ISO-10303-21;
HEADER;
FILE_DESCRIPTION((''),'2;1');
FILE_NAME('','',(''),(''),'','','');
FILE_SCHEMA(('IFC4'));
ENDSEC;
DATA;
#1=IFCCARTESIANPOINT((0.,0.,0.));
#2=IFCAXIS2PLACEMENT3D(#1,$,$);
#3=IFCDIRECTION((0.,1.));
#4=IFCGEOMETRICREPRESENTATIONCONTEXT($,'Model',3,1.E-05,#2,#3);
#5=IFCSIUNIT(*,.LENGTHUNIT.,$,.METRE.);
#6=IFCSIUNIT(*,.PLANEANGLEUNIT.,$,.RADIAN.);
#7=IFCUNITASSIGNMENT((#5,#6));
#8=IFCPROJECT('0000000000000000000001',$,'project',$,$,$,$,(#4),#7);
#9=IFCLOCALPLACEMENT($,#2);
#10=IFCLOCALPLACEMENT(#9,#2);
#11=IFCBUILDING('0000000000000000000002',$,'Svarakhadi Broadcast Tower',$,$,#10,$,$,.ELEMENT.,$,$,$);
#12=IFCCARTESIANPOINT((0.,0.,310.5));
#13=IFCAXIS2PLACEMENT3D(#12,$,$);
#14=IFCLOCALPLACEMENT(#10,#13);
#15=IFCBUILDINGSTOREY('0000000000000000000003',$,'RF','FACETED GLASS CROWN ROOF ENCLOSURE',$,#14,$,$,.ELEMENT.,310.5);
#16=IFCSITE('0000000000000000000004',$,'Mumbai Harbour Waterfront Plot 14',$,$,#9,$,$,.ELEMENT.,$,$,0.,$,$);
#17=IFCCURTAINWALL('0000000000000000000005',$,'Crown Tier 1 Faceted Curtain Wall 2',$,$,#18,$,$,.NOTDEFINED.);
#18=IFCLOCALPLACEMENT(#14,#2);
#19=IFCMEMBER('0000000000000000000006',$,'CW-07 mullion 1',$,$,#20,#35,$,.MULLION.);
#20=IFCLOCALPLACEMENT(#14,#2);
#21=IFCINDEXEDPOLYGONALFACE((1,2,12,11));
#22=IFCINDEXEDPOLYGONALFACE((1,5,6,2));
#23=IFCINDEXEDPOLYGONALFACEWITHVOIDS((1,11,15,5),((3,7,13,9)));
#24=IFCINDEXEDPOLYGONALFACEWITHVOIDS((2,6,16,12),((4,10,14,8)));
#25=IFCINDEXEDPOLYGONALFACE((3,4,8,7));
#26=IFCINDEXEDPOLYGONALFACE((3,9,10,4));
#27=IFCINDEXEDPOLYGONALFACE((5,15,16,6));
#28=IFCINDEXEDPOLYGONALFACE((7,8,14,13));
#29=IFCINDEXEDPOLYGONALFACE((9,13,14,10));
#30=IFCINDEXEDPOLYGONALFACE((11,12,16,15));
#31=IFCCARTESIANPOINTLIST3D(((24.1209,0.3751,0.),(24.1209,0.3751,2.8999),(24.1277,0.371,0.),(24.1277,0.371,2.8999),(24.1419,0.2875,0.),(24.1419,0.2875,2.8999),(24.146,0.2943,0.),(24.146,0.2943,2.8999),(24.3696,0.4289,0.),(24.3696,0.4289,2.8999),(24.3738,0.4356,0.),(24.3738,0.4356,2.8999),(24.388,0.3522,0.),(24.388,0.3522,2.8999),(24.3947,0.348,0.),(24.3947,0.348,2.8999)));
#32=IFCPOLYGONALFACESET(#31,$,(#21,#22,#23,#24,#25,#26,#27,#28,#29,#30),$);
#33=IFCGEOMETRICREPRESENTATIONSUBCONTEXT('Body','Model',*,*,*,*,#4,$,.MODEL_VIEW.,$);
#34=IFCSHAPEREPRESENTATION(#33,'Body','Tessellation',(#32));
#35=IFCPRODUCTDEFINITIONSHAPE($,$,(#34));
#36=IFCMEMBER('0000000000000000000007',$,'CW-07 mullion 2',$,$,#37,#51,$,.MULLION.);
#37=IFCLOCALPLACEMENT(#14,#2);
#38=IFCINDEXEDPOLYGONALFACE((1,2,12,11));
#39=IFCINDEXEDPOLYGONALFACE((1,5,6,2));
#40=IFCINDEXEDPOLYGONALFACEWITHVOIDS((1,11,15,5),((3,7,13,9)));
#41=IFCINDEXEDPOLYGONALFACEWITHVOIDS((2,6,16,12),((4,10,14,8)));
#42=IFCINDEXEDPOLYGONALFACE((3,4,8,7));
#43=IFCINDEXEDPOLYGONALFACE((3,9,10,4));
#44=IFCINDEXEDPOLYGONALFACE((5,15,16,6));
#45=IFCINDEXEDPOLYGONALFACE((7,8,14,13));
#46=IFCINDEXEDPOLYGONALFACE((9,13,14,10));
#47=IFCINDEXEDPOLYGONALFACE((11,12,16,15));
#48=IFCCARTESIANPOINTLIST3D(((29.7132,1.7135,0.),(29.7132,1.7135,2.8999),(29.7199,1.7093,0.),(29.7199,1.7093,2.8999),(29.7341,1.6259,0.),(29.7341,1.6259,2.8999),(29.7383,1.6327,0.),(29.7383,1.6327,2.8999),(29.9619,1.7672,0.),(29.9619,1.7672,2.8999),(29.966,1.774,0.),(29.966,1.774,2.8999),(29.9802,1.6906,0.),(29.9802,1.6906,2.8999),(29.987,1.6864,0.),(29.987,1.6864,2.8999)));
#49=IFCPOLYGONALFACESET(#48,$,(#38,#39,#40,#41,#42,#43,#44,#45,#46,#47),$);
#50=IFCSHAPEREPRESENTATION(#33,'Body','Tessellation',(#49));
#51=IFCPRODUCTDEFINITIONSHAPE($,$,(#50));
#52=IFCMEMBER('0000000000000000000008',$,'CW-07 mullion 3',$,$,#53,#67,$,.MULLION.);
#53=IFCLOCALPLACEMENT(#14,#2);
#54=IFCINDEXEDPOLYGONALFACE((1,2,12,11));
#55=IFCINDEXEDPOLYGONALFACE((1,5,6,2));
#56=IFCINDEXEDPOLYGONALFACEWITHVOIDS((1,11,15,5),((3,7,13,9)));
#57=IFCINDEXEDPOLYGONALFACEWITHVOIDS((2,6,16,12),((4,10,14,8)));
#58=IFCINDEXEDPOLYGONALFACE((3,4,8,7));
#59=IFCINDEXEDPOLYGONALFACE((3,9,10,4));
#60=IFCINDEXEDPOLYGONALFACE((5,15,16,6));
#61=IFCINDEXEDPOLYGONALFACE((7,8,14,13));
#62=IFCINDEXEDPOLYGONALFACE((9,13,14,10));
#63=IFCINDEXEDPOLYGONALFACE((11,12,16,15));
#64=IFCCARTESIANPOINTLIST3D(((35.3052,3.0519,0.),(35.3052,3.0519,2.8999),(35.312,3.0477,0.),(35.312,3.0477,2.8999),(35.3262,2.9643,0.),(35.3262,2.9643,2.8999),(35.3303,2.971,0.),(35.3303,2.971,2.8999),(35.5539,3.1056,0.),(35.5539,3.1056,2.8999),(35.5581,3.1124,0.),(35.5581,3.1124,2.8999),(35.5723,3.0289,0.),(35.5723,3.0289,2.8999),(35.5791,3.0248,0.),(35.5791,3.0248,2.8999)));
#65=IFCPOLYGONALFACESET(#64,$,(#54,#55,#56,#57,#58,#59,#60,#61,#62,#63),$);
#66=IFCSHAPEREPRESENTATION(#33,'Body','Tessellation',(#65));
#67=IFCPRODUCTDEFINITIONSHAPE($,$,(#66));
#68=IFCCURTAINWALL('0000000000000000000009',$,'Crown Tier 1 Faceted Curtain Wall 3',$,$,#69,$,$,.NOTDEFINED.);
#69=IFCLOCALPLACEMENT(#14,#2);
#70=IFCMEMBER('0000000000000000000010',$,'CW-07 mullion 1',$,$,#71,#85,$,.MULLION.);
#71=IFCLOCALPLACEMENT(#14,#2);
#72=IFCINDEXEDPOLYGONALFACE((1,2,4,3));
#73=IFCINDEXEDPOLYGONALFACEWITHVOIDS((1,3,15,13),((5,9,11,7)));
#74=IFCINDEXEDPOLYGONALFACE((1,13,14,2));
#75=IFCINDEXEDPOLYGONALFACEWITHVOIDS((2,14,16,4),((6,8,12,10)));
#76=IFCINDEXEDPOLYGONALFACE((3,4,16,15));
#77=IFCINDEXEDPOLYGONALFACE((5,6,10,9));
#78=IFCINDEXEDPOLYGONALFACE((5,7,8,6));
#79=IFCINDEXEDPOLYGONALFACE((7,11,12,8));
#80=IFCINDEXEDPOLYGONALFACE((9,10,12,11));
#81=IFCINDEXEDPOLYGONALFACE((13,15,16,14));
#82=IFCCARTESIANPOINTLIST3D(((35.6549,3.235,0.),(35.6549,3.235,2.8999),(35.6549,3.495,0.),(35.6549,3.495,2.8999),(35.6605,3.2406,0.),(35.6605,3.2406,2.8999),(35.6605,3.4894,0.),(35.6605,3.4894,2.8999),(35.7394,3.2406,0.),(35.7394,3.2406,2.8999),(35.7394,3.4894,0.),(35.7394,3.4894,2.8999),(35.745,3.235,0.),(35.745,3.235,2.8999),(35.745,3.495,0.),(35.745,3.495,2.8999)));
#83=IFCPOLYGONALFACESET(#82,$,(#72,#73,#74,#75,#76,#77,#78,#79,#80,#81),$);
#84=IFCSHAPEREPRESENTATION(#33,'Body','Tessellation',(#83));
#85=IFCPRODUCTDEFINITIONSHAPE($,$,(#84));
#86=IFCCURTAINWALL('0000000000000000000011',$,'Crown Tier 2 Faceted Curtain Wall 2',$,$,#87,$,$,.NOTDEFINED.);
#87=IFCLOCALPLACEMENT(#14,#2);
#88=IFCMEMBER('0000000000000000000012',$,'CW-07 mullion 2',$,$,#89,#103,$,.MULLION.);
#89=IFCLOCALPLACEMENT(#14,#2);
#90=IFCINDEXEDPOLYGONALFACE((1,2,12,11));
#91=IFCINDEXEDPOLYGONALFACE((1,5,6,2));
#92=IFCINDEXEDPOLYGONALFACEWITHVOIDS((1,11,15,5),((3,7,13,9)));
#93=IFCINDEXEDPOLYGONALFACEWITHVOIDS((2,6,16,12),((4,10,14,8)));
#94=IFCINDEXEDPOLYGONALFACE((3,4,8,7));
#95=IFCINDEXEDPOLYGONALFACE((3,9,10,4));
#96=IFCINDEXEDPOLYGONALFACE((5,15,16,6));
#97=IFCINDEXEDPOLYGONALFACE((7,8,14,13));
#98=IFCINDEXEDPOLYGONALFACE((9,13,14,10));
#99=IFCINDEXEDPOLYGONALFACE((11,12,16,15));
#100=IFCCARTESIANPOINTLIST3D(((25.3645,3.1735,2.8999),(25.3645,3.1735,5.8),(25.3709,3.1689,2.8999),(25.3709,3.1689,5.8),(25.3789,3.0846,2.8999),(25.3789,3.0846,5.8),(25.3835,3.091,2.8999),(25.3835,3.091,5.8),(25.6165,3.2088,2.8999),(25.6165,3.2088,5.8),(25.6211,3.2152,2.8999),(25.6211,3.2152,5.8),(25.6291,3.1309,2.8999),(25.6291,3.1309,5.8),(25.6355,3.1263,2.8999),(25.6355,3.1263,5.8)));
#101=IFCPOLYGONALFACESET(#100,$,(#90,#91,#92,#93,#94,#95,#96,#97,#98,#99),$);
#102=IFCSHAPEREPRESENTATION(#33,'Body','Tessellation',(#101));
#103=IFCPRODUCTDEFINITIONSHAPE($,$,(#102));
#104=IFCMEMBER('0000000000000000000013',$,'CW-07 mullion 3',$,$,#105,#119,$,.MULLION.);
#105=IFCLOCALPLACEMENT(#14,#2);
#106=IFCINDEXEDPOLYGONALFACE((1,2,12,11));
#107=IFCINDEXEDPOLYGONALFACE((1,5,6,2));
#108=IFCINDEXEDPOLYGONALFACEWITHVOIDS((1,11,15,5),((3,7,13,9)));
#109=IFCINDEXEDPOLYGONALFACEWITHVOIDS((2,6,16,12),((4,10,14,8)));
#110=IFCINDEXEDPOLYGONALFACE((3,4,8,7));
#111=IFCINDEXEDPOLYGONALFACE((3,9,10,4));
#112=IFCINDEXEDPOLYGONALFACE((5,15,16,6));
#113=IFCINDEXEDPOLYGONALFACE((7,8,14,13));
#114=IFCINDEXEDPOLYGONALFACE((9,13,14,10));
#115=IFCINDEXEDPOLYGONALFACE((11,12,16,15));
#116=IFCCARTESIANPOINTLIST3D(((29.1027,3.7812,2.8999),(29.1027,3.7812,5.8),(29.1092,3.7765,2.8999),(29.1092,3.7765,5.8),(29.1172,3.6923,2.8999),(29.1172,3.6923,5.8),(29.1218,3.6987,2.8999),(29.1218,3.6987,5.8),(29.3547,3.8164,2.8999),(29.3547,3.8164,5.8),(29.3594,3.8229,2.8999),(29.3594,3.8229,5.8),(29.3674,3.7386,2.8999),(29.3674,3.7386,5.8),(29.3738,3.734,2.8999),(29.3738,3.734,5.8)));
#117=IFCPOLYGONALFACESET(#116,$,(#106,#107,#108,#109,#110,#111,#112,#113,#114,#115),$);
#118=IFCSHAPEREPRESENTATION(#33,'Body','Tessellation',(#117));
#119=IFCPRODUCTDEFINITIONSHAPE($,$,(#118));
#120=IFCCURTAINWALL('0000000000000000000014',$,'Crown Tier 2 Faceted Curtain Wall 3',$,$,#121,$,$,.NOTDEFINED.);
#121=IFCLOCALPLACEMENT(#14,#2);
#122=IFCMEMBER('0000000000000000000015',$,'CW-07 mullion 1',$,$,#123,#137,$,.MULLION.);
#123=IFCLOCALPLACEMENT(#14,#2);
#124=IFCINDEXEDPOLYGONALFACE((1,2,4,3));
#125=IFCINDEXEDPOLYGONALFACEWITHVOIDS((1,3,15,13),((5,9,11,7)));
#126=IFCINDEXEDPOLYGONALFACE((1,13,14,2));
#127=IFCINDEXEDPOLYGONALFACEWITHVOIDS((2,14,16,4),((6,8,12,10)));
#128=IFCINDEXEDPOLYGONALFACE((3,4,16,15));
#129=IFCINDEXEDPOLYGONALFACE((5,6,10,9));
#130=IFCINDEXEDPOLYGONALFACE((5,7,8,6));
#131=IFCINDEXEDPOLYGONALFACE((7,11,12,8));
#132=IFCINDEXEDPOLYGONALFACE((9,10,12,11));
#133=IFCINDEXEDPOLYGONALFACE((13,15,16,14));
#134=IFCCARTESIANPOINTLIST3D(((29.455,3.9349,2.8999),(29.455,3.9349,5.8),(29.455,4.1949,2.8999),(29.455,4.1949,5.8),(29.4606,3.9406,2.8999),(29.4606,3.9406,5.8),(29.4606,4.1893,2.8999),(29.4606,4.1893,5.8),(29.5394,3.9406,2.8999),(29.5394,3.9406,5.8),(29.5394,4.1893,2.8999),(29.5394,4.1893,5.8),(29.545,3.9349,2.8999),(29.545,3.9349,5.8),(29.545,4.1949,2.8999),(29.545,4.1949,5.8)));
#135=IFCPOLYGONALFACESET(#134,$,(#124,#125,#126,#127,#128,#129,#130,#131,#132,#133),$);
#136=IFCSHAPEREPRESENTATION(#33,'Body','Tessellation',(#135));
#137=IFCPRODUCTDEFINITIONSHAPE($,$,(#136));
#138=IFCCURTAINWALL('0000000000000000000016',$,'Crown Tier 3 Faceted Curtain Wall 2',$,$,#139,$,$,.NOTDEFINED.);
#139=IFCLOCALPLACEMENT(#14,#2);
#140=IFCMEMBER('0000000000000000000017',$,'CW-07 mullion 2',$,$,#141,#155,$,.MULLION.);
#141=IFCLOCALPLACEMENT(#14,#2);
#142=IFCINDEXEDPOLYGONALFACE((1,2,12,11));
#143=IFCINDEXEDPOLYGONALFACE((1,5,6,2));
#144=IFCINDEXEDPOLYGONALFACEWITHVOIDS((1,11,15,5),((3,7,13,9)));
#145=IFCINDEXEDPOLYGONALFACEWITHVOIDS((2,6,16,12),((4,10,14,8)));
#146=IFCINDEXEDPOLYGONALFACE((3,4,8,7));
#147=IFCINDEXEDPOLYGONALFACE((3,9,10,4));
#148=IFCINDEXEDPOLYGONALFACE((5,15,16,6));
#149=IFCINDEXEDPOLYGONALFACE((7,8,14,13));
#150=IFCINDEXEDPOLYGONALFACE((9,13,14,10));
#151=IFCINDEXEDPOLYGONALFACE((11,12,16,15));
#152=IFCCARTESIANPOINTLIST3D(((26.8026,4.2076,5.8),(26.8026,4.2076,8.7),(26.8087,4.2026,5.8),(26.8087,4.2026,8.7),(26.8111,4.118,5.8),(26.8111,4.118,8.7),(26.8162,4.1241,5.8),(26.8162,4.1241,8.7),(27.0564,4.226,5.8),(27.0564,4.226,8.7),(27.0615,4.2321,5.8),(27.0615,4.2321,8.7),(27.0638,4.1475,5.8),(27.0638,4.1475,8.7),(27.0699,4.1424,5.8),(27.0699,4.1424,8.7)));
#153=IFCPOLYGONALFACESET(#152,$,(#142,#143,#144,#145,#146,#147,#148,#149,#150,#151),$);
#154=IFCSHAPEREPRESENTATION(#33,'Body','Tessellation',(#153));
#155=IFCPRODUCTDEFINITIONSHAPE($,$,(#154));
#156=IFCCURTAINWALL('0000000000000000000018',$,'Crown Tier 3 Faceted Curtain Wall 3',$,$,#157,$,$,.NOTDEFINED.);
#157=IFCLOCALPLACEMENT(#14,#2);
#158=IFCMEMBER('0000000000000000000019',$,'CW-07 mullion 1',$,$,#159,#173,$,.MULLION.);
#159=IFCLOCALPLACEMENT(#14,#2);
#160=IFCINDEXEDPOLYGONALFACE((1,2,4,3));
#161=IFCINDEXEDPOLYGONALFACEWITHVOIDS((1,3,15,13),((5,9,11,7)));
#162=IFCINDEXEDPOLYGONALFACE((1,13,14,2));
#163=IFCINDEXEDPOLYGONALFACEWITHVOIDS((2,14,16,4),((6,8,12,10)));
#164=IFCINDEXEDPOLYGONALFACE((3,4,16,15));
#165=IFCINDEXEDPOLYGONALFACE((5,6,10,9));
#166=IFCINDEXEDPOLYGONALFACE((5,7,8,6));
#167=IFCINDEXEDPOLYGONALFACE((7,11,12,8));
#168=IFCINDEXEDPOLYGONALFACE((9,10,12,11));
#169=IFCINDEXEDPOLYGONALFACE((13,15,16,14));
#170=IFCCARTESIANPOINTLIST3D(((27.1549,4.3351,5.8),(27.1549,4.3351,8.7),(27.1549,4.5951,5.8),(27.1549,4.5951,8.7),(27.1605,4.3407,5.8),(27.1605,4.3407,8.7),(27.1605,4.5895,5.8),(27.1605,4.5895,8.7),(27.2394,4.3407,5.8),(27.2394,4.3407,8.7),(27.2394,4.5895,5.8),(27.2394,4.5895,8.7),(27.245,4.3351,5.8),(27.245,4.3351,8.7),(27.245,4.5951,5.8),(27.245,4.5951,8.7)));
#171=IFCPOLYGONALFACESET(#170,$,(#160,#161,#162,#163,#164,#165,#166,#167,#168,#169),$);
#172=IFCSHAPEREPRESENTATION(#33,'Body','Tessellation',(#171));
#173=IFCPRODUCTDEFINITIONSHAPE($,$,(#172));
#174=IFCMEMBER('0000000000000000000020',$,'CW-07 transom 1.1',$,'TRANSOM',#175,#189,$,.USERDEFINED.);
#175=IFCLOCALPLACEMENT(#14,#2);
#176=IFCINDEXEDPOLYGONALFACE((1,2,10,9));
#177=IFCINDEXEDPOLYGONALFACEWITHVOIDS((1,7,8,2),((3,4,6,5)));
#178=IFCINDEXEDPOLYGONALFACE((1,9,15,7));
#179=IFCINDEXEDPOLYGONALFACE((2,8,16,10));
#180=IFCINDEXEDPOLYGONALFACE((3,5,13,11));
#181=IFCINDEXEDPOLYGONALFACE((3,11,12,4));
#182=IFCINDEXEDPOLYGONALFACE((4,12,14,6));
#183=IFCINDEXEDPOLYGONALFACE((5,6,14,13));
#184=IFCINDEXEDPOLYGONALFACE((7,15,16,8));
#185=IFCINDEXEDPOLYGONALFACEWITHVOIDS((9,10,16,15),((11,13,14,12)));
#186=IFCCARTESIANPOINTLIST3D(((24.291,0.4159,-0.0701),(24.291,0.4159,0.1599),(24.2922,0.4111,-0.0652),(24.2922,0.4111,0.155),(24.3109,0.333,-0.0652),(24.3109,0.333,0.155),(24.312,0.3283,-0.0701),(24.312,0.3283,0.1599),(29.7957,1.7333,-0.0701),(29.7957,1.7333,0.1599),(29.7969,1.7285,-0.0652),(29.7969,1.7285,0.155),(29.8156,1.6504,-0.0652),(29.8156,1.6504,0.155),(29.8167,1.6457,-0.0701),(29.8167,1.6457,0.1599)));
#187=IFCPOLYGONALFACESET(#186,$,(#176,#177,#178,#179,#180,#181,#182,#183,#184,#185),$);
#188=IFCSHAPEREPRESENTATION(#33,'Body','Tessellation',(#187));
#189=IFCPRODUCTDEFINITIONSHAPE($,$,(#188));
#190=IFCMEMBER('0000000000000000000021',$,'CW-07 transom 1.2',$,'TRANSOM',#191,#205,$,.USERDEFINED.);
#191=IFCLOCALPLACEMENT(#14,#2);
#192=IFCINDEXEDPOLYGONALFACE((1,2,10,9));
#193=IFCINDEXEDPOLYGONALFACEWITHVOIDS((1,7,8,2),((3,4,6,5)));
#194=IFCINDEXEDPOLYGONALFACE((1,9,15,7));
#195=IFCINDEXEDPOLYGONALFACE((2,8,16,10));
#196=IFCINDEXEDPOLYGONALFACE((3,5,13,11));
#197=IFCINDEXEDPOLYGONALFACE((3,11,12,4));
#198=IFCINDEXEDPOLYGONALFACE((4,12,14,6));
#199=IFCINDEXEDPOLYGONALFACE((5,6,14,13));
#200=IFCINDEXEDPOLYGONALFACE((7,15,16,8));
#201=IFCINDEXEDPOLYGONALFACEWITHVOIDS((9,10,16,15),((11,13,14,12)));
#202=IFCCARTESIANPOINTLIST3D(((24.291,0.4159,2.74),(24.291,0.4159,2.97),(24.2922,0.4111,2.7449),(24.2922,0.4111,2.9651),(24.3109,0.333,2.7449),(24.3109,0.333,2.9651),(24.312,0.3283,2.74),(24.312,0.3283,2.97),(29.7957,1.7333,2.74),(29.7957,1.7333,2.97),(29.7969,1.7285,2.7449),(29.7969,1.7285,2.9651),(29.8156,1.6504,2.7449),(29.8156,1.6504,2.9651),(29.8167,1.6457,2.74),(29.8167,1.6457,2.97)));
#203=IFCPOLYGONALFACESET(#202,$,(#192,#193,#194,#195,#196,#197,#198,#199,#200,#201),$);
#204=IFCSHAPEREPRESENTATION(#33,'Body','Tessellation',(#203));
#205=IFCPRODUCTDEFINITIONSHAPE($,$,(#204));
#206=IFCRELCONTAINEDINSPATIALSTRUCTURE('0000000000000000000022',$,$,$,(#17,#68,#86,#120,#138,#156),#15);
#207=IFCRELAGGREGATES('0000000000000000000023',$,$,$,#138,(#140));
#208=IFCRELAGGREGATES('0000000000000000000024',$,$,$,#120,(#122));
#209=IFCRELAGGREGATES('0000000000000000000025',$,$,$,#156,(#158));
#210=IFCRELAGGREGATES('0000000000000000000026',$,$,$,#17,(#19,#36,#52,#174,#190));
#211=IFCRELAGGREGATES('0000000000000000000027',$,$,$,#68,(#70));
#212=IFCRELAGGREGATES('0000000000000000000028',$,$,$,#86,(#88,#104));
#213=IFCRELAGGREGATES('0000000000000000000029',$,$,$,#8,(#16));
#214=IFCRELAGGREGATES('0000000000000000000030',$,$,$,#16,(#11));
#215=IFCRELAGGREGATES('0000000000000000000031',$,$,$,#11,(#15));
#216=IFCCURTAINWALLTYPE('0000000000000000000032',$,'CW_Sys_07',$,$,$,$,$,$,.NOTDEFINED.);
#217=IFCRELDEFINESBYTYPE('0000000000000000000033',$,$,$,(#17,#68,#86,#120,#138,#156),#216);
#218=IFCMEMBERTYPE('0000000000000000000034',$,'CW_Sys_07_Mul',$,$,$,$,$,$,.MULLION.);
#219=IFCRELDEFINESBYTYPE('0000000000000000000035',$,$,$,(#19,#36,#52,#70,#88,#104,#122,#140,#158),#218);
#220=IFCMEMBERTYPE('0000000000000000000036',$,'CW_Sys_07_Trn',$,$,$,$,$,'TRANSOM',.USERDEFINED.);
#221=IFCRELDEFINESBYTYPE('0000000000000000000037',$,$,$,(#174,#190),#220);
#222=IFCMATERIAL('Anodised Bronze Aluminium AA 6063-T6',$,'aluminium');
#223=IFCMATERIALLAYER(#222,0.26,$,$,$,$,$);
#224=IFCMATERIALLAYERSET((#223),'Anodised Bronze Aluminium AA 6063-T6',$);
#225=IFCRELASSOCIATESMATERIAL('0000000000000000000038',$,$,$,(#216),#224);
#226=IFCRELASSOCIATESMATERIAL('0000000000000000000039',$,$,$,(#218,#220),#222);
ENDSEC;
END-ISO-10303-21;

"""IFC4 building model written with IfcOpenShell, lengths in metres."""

from ifc_helpers import new_model, si_unit, direction, frame, origin, origin_2d, place, context, subcontext, project, spatial, hollow_rectangle, extrude, material, layer, layer_set, material_profile, profile_set, type_object, element, aggregate, save


model = new_model("IFC4")

# Units and contexts
model_context = context("Model", 3, precision=1e-05, world=origin(), true_north=direction((0.0, 1.0)))
body_context = subcontext(model_context, "Body", "Model", "MODEL_VIEW")
ifc_project = project(units=[si_unit("LENGTHUNIT", "METRE"), si_unit("PLANEANGLEUNIT", "RADIAN")], contexts=[model_context])

# Site, building, storey
site_placement = place(None, origin())
site = spatial("IfcSite", under=ifc_project, at=site_placement, Name="Mumbai Harbour Waterfront Plot 14", CompositionType="ELEMENT", RefElevation=0.0)
building_placement = place(site_placement, origin())
building = spatial("IfcBuilding", under=site, at=building_placement, Name="Svarakhadi Broadcast Tower", CompositionType="ELEMENT")
storey_placement = place(building_placement, frame((0.0, 0.0, 310.5)))
storey = spatial("IfcBuildingStorey", under=building, at=storey_placement, Name="RF", Description="FACETED GLASS CROWN ROOF ENCLOSURE", CompositionType="ELEMENT", Elevation=310.5)

# Curtain wall, members
ifc_material_1 = material(Name="Anodised Bronze Aluminium AA 6063-T6", Category="aluminium")
ifc_layer_1 = layer(ifc_material_1, 0.26)
ifc_layer_set_1 = layer_set([ifc_layer_1], Name="Anodised Bronze Aluminium AA 6063-T6")
curtain_wall_type = type_object("IfcCurtainWallType", Name="CW_Sys_07", PredefinedType="NOTDEFINED", material=ifc_layer_set_1)
curtain_wall_1_placement = place(storey_placement, origin())
curtain_wall_1 = element("IfcCurtainWall", 1, at=curtain_wall_1_placement, inside=storey, type_object=curtain_wall_type, Name="Crown Tier 1 Faceted Curtain Wall 2", PredefinedType="NOTDEFINED")
ifc_material_profile_1 = material_profile(ifc_material_1, hollow_rectangle(XDim=0.0901, YDim=0.26, WallThickness=0.0056, at=origin_2d()), Name="ALU MULLION 260x90x6")
ifc_profile_set_1 = profile_set([ifc_material_profile_1], Name="Anodised Bronze Aluminium AA 6063-T6")
member_type_1 = type_object("IfcMemberType", Name="CW_Sys_07_Mul", PredefinedType="MULLION", material=ifc_profile_set_1)
member_1_placement = place(storey_placement, frame((24.2578, 0.3616, 0.0), z_axis=(0.0, 0.0, 1.0), x_axis=(-0.232746, 0.972537, 0.0)))
member_1 = element("IfcMember", 2, at=member_1_placement, type_object=member_type_1, Name="CW-07 mullion 1", PredefinedType="MULLION", context=body_context, shape_type="SweptSolid", body=[
    extrude(hollow_rectangle(XDim=0.0901, YDim=0.26, WallThickness=0.0056, at=origin_2d()), origin(), (0.0, 0.0, 1.0), 2.8999),
])
member_2_placement = place(storey_placement, frame((29.8501, 1.7, 0.0), z_axis=(0.0, 0.0, 1.0), x_axis=(-0.232746, 0.972537, 0.0)))
member_2 = element("IfcMember", 3, at=member_2_placement, type_object=member_type_1, Name="CW-07 mullion 2", PredefinedType="MULLION", context=body_context, shape_type="SweptSolid", body=[
    extrude(hollow_rectangle(XDim=0.0901, YDim=0.26, WallThickness=0.0056, at=origin_2d()), origin(), (0.0, 0.0, 1.0), 2.8999),
])
member_3_placement = place(storey_placement, frame((35.4421, 3.0383, 0.0), z_axis=(0.0, 0.0, 1.0), x_axis=(-0.232746, 0.972537, 0.0)))
member_3 = element("IfcMember", 4, at=member_3_placement, type_object=member_type_1, Name="CW-07 mullion 3", PredefinedType="MULLION", context=body_context, shape_type="SweptSolid", body=[
    extrude(hollow_rectangle(XDim=0.0901, YDim=0.26, WallThickness=0.0056, at=origin_2d()), origin(), (0.0, 0.0, 1.0), 2.8999),
])

# Curtain wall, member
curtain_wall_2_placement = place(storey_placement, origin())
curtain_wall_2 = element("IfcCurtainWall", 5, at=curtain_wall_2_placement, inside=storey, type_object=curtain_wall_type, Name="Crown Tier 1 Faceted Curtain Wall 3", PredefinedType="NOTDEFINED")
member_4_placement = place(storey_placement, frame((35.7, 3.365, 0.0), z_axis=(0.0, 0.0, 1.0), x_axis=(-1.0, 0.0, 0.0)))
member_4 = element("IfcMember", 6, at=member_4_placement, type_object=member_type_1, Name="CW-07 mullion 1", PredefinedType="MULLION", context=body_context, shape_type="SweptSolid", body=[
    extrude(hollow_rectangle(XDim=0.0901, YDim=0.26, WallThickness=0.0056, at=origin_2d()), origin(), (0.0, 0.0, 1.0), 2.8999),
])

# Curtain wall, members
curtain_wall_3_placement = place(storey_placement, origin())
curtain_wall_3 = element("IfcCurtainWall", 7, at=curtain_wall_3_placement, inside=storey, type_object=curtain_wall_type, Name="Crown Tier 2 Faceted Curtain Wall 2", PredefinedType="NOTDEFINED")
member_5_placement = place(storey_placement, frame((25.5, 3.1499, 2.8999), z_axis=(0.0, 0.0, 1.0), x_axis=(-0.160395, 0.987053, 0.0)))
member_5 = element("IfcMember", 8, at=member_5_placement, type_object=member_type_1, Name="CW-07 mullion 2", PredefinedType="MULLION", context=body_context, shape_type="SweptSolid", body=[
    extrude(hollow_rectangle(XDim=0.0901, YDim=0.26, WallThickness=0.0056, at=origin_2d()), origin(), (0.0, 0.0, 1.0), 2.9001),
])
member_6_placement = place(storey_placement, frame((29.2383, 3.7576, 2.8999), z_axis=(0.0, 0.0, 1.0), x_axis=(-0.160395, 0.987053, 0.0)))
member_6 = element("IfcMember", 9, at=member_6_placement, type_object=member_type_1, Name="CW-07 mullion 3", PredefinedType="MULLION", context=body_context, shape_type="SweptSolid", body=[
    extrude(hollow_rectangle(XDim=0.0901, YDim=0.26, WallThickness=0.0056, at=origin_2d()), origin(), (0.0, 0.0, 1.0), 2.9001),
])

# Curtain walls, members
curtain_wall_4_placement = place(storey_placement, origin())
curtain_wall_4 = element("IfcCurtainWall", 10, at=curtain_wall_4_placement, inside=storey, type_object=curtain_wall_type, Name="Crown Tier 2 Faceted Curtain Wall 3", PredefinedType="NOTDEFINED")
member_7_placement = place(storey_placement, frame((29.5, 4.0649, 2.8999), z_axis=(0.0, 0.0, 1.0), x_axis=(-1.0, 0.0, 0.0)))
member_7 = element("IfcMember", 11, at=member_7_placement, type_object=member_type_1, Name="CW-07 mullion 1", PredefinedType="MULLION", context=body_context, shape_type="SweptSolid", body=[
    extrude(hollow_rectangle(XDim=0.0901, YDim=0.26, WallThickness=0.0056, at=origin_2d()), origin(), (0.0, 0.0, 1.0), 2.9001),
])
curtain_wall_5_placement = place(storey_placement, origin())
curtain_wall_5 = element("IfcCurtainWall", 12, at=curtain_wall_5_placement, inside=storey, type_object=curtain_wall_type, Name="Crown Tier 3 Faceted Curtain Wall 2", PredefinedType="NOTDEFINED")
member_8_placement = place(storey_placement, frame((26.9363, 4.175, 5.8), z_axis=(0.0, 0.0, 1.0), x_axis=(-0.094179, 0.995555, 0.0)))
member_8 = element("IfcMember", 13, at=member_8_placement, type_object=member_type_1, Name="CW-07 mullion 2", PredefinedType="MULLION", context=body_context, shape_type="SweptSolid", body=[
    extrude(hollow_rectangle(XDim=0.0901, YDim=0.26, WallThickness=0.0056, at=origin_2d()), origin(), (0.0, 0.0, 1.0), 2.8999),
])
aggregate(curtain_wall_5, [member_8])
curtain_wall_6_placement = place(storey_placement, origin())
curtain_wall_6 = element("IfcCurtainWall", 14, at=curtain_wall_6_placement, inside=storey, type_object=curtain_wall_type, Name="Crown Tier 3 Faceted Curtain Wall 3", PredefinedType="NOTDEFINED")
member_9_placement = place(storey_placement, frame((27.2, 4.4651, 5.8), z_axis=(0.0, 0.0, 1.0), x_axis=(-1.0, 0.0, 0.0)))
member_9 = element("IfcMember", 15, at=member_9_placement, type_object=member_type_1, Name="CW-07 mullion 1", PredefinedType="MULLION", context=body_context, shape_type="SweptSolid", body=[
    extrude(hollow_rectangle(XDim=0.0901, YDim=0.26, WallThickness=0.0056, at=origin_2d()), origin(), (0.0, 0.0, 1.0), 2.8999),
])

# Members
ifc_material_profile_2 = material_profile(ifc_material_1, hollow_rectangle(XDim=0.0901, YDim=0.23, WallThickness=0.0049, at=origin_2d()), Name="ALU TRANSOM 230x90x5")
ifc_profile_set_2 = profile_set([ifc_material_profile_2], Name="Anodised Bronze Aluminium AA 6063-T6")
member_type_2 = type_object("IfcMemberType", Name="CW_Sys_07_Trn", ElementType="TRANSOM", PredefinedType="USERDEFINED", material=ifc_profile_set_2)
member_10_placement = place(storey_placement, frame((24.3015, 0.3721, 0.0449), z_axis=(0.972537, 0.23275, 0.0), x_axis=(-0.23275, 0.972537, 0.0)))
member_10 = element("IfcMember", 16, at=member_10_placement, type_object=member_type_2, Name="CW-07 transom 1.1", ObjectType="TRANSOM", PredefinedType="USERDEFINED", context=body_context, shape_type="SweptSolid", body=[
    extrude(hollow_rectangle(XDim=0.0901, YDim=0.23, WallThickness=0.0049, at=origin_2d()), origin(), (0.0, 0.0, 1.0), 5.6602),
])
member_11_placement = place(storey_placement, frame((24.3015, 0.3721, 2.855), z_axis=(0.972537, 0.23275, 0.0), x_axis=(-0.23275, 0.972537, 0.0)))
member_11 = element("IfcMember", 17, at=member_11_placement, type_object=member_type_2, Name="CW-07 transom 1.2", ObjectType="TRANSOM", PredefinedType="USERDEFINED", context=body_context, shape_type="SweptSolid", body=[
    extrude(hollow_rectangle(XDim=0.0901, YDim=0.23, WallThickness=0.0049, at=origin_2d()), origin(), (0.0, 0.0, 1.0), 5.6602),
])
aggregate(curtain_wall_4, [member_7])
aggregate(curtain_wall_6, [member_9])

aggregate(curtain_wall_1, [member_1, member_2, member_3, member_10, member_11])
aggregate(curtain_wall_2, [member_4])
aggregate(curtain_wall_3, [member_5, member_6])

save(model, "model.ifc")
